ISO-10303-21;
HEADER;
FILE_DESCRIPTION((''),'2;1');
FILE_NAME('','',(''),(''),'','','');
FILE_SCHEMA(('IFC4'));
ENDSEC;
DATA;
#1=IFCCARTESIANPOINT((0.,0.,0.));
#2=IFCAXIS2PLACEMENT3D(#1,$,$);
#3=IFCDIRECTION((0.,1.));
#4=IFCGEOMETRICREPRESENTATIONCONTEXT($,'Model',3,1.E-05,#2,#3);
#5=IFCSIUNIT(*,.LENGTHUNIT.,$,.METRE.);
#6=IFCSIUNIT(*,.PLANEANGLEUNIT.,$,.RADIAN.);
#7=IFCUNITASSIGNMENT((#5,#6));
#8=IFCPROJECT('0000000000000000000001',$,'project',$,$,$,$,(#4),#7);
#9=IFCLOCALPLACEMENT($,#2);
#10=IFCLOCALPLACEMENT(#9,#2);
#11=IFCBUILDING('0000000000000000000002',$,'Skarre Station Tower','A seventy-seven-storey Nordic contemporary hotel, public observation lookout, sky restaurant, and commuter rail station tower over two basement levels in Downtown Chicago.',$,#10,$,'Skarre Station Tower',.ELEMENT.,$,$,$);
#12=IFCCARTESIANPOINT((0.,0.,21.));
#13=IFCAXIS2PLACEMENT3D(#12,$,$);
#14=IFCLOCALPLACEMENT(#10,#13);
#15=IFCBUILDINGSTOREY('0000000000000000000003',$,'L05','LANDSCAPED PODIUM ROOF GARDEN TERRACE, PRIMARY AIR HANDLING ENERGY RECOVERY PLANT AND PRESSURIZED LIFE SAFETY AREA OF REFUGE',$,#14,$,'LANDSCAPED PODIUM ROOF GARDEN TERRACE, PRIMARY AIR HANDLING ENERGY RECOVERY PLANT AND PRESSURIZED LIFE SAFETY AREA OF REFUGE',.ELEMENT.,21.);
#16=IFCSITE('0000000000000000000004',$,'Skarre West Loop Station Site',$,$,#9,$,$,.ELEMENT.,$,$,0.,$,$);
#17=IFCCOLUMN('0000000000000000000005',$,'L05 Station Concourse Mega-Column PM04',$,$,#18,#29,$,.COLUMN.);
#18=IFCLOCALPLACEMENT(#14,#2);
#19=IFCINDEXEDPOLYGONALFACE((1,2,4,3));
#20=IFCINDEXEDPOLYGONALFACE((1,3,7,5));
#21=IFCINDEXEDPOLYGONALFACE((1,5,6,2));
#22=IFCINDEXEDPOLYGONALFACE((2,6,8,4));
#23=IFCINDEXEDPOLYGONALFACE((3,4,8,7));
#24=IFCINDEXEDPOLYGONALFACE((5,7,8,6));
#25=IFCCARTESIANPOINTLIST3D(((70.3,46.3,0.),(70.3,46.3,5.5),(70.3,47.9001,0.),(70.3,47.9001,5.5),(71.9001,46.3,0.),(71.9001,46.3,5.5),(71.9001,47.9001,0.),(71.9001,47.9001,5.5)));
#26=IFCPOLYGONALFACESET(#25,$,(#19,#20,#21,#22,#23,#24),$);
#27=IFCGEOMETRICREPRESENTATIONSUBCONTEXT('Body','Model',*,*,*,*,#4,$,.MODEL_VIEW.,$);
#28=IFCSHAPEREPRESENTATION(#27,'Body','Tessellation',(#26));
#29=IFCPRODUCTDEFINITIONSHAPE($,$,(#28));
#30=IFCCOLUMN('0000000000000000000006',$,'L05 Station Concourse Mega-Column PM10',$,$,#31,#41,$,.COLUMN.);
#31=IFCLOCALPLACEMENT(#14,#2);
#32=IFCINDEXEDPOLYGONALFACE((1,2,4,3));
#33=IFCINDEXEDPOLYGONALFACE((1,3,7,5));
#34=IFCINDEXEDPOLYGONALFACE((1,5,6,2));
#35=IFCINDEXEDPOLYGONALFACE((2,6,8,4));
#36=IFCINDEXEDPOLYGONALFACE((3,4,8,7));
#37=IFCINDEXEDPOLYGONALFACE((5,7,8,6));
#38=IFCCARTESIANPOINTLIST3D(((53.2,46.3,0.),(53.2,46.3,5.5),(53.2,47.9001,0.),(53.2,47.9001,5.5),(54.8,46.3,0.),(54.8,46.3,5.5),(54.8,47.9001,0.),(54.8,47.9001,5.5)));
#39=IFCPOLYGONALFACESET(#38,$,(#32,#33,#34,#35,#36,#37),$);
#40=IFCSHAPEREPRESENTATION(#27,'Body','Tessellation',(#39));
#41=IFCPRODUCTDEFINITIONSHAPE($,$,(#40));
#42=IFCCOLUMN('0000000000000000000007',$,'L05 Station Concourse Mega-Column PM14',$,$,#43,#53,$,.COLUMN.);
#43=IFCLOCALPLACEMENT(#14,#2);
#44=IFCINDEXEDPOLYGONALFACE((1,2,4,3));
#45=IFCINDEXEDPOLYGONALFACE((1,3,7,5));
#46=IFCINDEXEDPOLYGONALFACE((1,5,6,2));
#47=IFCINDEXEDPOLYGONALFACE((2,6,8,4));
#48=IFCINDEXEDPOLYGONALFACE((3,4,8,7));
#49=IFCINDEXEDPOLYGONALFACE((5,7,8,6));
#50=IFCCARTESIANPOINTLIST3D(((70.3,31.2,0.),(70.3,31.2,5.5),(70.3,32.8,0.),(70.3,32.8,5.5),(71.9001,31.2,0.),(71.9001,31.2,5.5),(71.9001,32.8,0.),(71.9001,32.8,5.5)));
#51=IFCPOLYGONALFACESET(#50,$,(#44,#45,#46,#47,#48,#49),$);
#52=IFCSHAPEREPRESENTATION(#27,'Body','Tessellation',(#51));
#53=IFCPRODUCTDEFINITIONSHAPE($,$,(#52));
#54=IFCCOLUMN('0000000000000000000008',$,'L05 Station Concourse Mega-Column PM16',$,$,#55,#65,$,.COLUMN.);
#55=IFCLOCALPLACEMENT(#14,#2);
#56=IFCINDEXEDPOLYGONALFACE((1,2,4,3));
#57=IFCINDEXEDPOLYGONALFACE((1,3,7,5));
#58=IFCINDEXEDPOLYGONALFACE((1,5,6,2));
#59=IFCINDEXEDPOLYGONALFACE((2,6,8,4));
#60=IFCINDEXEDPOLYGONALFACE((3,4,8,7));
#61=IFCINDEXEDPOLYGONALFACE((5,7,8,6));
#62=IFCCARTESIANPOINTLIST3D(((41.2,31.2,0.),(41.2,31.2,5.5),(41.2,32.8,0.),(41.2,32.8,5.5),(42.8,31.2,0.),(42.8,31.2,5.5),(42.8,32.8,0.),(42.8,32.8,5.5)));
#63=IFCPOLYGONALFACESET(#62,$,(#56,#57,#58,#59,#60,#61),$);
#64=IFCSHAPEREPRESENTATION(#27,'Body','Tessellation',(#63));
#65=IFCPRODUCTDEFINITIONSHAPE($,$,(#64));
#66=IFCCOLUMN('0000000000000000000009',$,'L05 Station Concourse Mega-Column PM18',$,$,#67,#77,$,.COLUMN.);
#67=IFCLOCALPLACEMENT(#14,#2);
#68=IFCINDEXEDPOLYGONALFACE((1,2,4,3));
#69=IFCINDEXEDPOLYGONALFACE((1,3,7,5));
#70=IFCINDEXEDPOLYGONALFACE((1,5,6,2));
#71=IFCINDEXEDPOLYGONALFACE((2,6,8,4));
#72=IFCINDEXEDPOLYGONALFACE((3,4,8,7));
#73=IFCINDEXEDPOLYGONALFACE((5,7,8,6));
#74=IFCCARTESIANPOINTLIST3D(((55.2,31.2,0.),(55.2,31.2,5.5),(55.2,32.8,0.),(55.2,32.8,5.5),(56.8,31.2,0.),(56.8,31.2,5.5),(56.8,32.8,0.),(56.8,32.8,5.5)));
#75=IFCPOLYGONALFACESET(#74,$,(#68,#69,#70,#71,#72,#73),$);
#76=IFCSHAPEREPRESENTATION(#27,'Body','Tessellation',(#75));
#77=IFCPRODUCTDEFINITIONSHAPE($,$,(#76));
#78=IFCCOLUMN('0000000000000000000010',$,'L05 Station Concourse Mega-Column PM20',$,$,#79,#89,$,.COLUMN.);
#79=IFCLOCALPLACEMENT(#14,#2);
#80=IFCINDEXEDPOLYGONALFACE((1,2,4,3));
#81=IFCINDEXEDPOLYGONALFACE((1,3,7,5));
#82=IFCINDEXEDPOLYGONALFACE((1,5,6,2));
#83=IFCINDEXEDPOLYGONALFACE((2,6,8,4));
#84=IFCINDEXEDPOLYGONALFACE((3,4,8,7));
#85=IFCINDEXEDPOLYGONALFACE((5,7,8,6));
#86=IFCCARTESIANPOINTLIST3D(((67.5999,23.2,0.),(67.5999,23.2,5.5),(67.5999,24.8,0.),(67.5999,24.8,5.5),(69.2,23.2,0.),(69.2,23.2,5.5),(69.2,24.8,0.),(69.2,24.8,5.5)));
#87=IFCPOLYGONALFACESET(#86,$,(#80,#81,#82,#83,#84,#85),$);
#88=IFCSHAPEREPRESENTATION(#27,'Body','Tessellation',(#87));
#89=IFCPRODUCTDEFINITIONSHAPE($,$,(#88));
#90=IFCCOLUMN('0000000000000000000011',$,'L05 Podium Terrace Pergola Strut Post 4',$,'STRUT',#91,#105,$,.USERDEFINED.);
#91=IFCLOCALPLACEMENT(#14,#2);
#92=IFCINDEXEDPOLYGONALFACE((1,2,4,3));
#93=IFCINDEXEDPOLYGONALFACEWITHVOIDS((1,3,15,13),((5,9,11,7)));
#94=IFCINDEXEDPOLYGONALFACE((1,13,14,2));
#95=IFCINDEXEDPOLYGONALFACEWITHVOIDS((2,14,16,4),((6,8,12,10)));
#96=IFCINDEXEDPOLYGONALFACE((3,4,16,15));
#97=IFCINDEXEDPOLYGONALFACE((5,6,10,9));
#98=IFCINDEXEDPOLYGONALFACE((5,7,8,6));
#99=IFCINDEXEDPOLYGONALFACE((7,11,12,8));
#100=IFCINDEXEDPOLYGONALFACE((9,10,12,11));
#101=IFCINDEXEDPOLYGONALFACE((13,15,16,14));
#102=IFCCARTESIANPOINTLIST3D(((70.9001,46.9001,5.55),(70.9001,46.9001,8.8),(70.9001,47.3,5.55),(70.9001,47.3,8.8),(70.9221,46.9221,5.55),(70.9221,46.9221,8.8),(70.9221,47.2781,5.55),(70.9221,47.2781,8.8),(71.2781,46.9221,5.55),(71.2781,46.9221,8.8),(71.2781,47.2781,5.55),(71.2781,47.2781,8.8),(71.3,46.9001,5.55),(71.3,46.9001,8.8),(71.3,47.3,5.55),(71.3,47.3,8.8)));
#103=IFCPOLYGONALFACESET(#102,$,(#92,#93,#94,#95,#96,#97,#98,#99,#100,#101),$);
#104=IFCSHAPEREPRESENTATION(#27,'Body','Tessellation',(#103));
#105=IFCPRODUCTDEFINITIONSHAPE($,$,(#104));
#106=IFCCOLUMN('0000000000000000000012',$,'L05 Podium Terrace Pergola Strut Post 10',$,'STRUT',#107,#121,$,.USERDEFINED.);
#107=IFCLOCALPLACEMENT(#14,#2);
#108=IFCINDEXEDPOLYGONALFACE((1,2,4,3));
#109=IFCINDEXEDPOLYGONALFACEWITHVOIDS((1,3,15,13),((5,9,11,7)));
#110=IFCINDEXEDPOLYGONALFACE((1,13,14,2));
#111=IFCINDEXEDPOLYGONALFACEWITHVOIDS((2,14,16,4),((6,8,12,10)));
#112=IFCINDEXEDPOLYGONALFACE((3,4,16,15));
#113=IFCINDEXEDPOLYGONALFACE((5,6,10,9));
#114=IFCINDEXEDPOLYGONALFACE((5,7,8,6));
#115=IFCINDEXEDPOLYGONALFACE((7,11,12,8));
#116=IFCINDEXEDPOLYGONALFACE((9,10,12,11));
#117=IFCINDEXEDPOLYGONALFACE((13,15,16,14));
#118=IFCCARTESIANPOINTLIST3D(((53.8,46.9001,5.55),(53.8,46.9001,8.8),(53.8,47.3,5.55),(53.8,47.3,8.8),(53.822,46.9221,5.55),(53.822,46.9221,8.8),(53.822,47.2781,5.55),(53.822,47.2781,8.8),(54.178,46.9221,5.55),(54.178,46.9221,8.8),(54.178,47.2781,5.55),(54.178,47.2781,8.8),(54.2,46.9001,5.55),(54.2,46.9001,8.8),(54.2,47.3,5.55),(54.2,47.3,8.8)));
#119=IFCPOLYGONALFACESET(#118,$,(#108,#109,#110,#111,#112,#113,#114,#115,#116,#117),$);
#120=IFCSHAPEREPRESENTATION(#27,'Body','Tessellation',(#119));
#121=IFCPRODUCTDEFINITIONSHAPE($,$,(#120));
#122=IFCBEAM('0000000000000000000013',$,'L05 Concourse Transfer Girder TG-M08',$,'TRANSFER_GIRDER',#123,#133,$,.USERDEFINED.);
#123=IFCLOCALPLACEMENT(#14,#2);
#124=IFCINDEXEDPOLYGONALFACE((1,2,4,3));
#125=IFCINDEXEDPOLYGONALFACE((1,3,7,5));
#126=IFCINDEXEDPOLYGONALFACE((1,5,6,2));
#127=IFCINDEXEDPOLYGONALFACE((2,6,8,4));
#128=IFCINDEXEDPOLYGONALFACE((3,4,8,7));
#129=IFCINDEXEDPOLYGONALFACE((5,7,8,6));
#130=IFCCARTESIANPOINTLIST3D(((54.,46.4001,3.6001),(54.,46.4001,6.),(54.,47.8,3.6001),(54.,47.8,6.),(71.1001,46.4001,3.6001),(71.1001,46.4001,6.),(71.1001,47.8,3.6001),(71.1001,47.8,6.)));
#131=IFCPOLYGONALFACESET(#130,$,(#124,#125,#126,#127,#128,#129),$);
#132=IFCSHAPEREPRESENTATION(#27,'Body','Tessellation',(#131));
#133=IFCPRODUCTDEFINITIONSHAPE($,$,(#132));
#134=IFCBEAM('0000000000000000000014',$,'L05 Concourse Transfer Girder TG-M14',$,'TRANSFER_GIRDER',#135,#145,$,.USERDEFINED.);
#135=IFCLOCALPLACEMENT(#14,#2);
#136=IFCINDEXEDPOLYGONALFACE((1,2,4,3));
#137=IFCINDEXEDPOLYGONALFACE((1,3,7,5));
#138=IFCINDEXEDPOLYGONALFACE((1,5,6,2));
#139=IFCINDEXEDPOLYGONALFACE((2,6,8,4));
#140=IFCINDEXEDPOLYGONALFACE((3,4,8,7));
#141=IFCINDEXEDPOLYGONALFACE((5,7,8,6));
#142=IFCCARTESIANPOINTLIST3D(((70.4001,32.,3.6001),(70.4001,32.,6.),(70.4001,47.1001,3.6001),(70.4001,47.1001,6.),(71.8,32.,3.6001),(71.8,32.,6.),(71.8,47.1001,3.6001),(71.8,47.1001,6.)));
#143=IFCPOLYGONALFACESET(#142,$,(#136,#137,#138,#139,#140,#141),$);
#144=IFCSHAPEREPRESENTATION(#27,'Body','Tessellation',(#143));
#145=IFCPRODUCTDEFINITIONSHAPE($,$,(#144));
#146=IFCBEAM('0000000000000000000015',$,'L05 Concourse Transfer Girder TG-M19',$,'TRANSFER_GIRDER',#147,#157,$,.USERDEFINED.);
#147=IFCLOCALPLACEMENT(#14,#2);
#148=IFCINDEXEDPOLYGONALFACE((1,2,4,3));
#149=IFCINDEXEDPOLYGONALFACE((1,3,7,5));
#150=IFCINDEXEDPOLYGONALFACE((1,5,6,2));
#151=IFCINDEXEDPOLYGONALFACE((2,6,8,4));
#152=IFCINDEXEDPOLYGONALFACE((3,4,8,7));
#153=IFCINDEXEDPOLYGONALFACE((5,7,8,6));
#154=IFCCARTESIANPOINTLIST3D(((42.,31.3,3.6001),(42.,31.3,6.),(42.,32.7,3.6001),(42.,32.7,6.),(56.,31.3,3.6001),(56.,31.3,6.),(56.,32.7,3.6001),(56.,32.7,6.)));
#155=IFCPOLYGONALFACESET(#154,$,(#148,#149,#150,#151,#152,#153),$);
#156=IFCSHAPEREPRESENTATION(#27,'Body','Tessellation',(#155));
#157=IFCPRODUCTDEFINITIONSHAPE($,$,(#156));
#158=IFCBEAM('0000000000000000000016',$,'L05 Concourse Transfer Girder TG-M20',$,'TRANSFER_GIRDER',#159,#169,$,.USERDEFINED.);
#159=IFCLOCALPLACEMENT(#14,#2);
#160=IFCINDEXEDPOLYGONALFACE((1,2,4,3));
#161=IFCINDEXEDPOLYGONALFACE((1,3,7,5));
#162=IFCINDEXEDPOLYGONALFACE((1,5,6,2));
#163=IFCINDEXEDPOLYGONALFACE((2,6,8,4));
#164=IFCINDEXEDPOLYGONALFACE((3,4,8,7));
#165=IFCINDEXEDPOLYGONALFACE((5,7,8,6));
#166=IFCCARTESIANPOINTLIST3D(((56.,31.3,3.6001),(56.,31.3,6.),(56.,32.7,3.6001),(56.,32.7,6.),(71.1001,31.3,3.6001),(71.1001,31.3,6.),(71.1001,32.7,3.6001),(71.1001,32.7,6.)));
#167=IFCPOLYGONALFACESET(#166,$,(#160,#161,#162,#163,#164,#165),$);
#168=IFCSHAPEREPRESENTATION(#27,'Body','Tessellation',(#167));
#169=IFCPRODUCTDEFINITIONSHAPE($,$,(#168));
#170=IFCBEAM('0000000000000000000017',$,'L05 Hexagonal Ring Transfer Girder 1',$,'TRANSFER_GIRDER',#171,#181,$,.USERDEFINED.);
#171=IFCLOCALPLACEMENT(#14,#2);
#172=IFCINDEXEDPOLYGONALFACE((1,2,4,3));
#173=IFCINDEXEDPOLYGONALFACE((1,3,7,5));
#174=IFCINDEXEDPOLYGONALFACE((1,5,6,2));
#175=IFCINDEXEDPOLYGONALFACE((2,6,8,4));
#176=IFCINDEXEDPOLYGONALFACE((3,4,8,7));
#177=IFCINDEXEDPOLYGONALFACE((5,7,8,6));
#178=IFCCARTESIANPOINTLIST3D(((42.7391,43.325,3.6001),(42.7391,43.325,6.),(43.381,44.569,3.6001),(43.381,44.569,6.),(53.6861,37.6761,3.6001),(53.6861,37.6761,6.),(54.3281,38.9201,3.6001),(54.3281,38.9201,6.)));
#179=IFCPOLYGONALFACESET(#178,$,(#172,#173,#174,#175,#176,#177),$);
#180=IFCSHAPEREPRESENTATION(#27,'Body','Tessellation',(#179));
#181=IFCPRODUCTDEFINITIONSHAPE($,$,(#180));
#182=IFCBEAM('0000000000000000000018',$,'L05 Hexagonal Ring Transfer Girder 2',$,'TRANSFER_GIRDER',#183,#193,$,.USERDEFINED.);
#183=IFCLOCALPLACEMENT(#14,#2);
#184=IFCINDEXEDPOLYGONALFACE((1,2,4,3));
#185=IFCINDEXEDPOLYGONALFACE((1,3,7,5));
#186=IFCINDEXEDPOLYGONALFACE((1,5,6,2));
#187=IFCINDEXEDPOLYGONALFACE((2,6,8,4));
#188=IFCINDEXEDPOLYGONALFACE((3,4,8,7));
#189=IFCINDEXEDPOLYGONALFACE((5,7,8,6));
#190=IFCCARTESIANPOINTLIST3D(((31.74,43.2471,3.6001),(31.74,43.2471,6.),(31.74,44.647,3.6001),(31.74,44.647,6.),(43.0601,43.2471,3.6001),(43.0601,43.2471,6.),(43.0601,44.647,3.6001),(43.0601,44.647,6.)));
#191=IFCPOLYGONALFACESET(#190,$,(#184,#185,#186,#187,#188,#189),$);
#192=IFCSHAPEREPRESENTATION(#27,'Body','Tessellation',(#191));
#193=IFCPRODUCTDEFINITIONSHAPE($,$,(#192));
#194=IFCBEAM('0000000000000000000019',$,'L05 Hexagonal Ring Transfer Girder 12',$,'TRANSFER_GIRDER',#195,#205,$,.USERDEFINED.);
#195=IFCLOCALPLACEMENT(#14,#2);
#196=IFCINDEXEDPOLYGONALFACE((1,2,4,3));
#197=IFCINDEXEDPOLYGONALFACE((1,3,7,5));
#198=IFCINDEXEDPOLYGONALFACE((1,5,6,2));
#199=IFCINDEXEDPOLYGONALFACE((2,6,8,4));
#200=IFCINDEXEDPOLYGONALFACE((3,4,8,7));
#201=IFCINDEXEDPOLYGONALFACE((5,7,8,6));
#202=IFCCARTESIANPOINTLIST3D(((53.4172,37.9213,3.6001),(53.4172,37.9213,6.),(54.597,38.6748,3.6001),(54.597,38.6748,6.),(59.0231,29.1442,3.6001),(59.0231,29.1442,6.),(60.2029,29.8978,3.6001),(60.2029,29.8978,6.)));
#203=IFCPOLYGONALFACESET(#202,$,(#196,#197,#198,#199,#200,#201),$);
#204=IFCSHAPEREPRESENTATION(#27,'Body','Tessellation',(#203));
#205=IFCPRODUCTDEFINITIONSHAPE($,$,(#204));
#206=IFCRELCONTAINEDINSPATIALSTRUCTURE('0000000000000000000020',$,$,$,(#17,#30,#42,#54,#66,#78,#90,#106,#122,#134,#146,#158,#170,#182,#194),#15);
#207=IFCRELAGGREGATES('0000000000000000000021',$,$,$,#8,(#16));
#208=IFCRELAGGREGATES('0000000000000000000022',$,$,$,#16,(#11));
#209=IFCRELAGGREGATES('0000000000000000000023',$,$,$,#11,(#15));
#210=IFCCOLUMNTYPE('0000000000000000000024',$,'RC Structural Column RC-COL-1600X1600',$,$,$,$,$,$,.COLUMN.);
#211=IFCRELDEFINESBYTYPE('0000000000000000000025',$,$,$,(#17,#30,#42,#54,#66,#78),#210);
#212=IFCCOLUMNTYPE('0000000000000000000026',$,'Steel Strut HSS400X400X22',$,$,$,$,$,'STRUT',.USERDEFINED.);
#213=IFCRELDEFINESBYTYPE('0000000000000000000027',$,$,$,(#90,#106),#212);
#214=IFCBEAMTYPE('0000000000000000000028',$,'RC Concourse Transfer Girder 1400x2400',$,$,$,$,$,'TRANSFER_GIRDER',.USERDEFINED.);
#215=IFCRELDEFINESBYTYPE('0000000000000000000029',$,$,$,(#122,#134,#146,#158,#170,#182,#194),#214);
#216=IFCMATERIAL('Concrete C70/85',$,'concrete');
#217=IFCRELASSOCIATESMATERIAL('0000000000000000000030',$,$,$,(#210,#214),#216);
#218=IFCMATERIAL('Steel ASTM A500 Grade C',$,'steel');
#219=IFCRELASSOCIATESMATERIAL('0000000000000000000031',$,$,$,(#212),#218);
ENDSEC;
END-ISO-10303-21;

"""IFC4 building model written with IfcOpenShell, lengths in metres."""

from ifc_helpers import new_model, si_unit, direction, frame, origin, origin_2d, place, context, subcontext, project, spatial, rectangle, hollow_rectangle, extrude, material, material_profile, profile_set, type_object, element, save


model = new_model("IFC4")

# Units and contexts
model_context = context("Model", 3, precision=1e-05, world=origin(), true_north=direction((0.0, 1.0)))
body_context = subcontext(model_context, "Body", "Model", "MODEL_VIEW")
ifc_project = project(units=[si_unit("LENGTHUNIT", "METRE"), si_unit("PLANEANGLEUNIT", "RADIAN")], contexts=[model_context])

# Site, building, storey
site_placement = place(None, origin())
site = spatial("IfcSite", under=ifc_project, at=site_placement, Name="Skarre West Loop Station Site", CompositionType="ELEMENT", RefElevation=0.0)
building_placement = place(site_placement, origin())
building = spatial("IfcBuilding", under=site, at=building_placement, Name="Skarre Station Tower", Description="A seventy-seven-storey Nordic contemporary hotel, public observation lookout, sky restaurant, and commuter rail station tower over two basement levels in Downtown Chicago.", LongName="Skarre Station Tower", CompositionType="ELEMENT")
storey_placement = place(building_placement, frame((0.0, 0.0, 21.0)))
storey = spatial("IfcBuildingStorey", under=building, at=storey_placement, Name="L05", Description="LANDSCAPED PODIUM ROOF GARDEN TERRACE, PRIMARY AIR HANDLING ENERGY RECOVERY PLANT AND PRESSURIZED LIFE SAFETY AREA OF REFUGE", LongName="LANDSCAPED PODIUM ROOF GARDEN TERRACE, PRIMARY AIR HANDLING ENERGY RECOVERY PLANT AND PRESSURIZED LIFE SAFETY AREA OF REFUGE", CompositionType="ELEMENT", Elevation=21.0)

# Columns
ifc_material_1 = material(Name="Concrete C70/85", Category="concrete")
ifc_material_profile_1 = material_profile(ifc_material_1, rectangle(XDim=1.6001, YDim=1.6001, at=origin_2d()), Name="Concrete C70/85")
ifc_profile_set_1 = profile_set([ifc_material_profile_1], Name="Concrete C70/85")
column_type_1 = type_object("IfcColumnType", Name="RC Structural Column RC-COL-1600X1600", PredefinedType="COLUMN", material=ifc_profile_set_1)
for number, where, z_axis, x_axis, name in (
    (1, (71.1001, 47.1001, 0.0), (0.0, 0.0, 1.0), (1.0, 0.0, 0.0), "L05 Station Concourse Mega-Column PM04"),
    (2, (54.0, 47.1001, 0.0), (0.0, 0.0, 1.0), (1.0, 0.0, 0.0), "L05 Station Concourse Mega-Column PM10"),
    (3, (71.1001, 32.0, 0.0), (0.0, 0.0, 1.0), (1.0, 0.0, 0.0), "L05 Station Concourse Mega-Column PM14"),
    (4, (42.0, 32.0, 0.0), (0.0, 0.0, 1.0), (1.0, 0.0, 0.0), "L05 Station Concourse Mega-Column PM16"),
    (5, (56.0, 32.0, 0.0), (0.0, 0.0, 1.0), (1.0, 0.0, 0.0), "L05 Station Concourse Mega-Column PM18"),
    (6, (68.3999, 24.0, 0.0), (0.0, 0.0, 1.0), (1.0, 0.0, 0.0), "L05 Station Concourse Mega-Column PM20"),
):
    element("IfcColumn", number, at=place(storey_placement, frame(where, z_axis=z_axis, x_axis=x_axis)), inside=storey, type_object=column_type_1, Name=name, PredefinedType="COLUMN", context=body_context, shape_type="SweptSolid", body=[
        extrude(rectangle(XDim=1.6001, YDim=1.6001, at=origin_2d()), origin(), (0.0, 0.0, 1.0), 5.5),
    ])
ifc_material_2 = material(Name="Steel ASTM A500 Grade C", Category="steel")
ifc_material_profile_2 = material_profile(ifc_material_2, hollow_rectangle(XDim=0.3999, YDim=0.3999, WallThickness=0.022, at=origin_2d()), Name="Steel ASTM A500 Grade C")
ifc_profile_set_2 = profile_set([ifc_material_profile_2], Name="Steel ASTM A500 Grade C")
column_type_2 = type_object("IfcColumnType", Name="Steel Strut HSS400X400X22", ElementType="STRUT", PredefinedType="USERDEFINED", material=ifc_profile_set_2)
for number, where, z_axis, x_axis, name in (
    (7, (71.1001, 47.1001, 5.55), (0.0, 0.0, 1.0), (1.0, 0.0, 0.0), "L05 Podium Terrace Pergola Strut Post 4"),
    (8, (54.0, 47.1001, 5.55), (0.0, 0.0, 1.0), (1.0, 0.0, 0.0), "L05 Podium Terrace Pergola Strut Post 10"),
):
    element("IfcColumn", number, at=place(storey_placement, frame(where, z_axis=z_axis, x_axis=x_axis)), inside=storey, type_object=column_type_2, Name=name, ObjectType="STRUT", PredefinedType="USERDEFINED", context=body_context, shape_type="SweptSolid", body=[
        extrude(hollow_rectangle(XDim=0.3999, YDim=0.3999, WallThickness=0.022, at=origin_2d()), origin(), (0.0, 0.0, 1.0), 3.25),
    ])

# Beams
ifc_material_profile_3 = material_profile(ifc_material_1, rectangle(XDim=1.3999, YDim=2.3999, at=origin_2d()), Name="Concrete C70/85")
ifc_profile_set_3 = profile_set([ifc_material_profile_3], Name="Concrete C70/85")
beam_type_1 = type_object("IfcBeamType", Name="RC Concourse Transfer Girder 1400x2400", ElementType="TRANSFER_GIRDER", PredefinedType="USERDEFINED", material=ifc_profile_set_3)
beam_1_placement = place(storey_placement, frame((54.0, 47.1001, 4.8), z_axis=(1.0, 0.0, 0.0), x_axis=(0.0, 1.0, 0.0)))
element("IfcBeam", 9, at=beam_1_placement, inside=storey, type_object=beam_type_1, Name="L05 Concourse Transfer Girder TG-M08", ObjectType="TRANSFER_GIRDER", PredefinedType="USERDEFINED", context=body_context, shape_type="SweptSolid", body=[
    extrude(rectangle(XDim=1.3999, YDim=2.3999, at=origin_2d()), origin(), (0.0, 0.0, 1.0), 17.1001),
])
beam_2_placement = place(storey_placement, frame((71.1001, 32.0, 4.8), z_axis=(0.0, 1.0, 0.0), x_axis=(-1.0, 0.0, 0.0)))
element("IfcBeam", 10, at=beam_2_placement, inside=storey, type_object=beam_type_1, Name="L05 Concourse Transfer Girder TG-M14", ObjectType="TRANSFER_GIRDER", PredefinedType="USERDEFINED", context=body_context, shape_type="SweptSolid", body=[
    extrude(rectangle(XDim=1.3999, YDim=2.3999, at=origin_2d()), origin(), (0.0, 0.0, 1.0), 15.1001),
])
beam_3_placement = place(storey_placement, frame((42.0, 32.0, 4.8), z_axis=(1.0, 0.0, 0.0), x_axis=(0.0, 1.0, 0.0)))
element("IfcBeam", 11, at=beam_3_placement, inside=storey, type_object=beam_type_1, Name="L05 Concourse Transfer Girder TG-M19", ObjectType="TRANSFER_GIRDER", PredefinedType="USERDEFINED", context=body_context, shape_type="SweptSolid", body=[
    extrude(rectangle(XDim=1.3999, YDim=2.3999, at=origin_2d()), origin(), (0.0, 0.0, 1.0), 14.0),
])
beam_4_placement = place(storey_placement, frame((56.0, 32.0, 4.8), z_axis=(1.0, 0.0, 0.0), x_axis=(0.0, 1.0, 0.0)))
element("IfcBeam", 12, at=beam_4_placement, inside=storey, type_object=beam_type_1, Name="L05 Concourse Transfer Girder TG-M20", ObjectType="TRANSFER_GIRDER", PredefinedType="USERDEFINED", context=body_context, shape_type="SweptSolid", body=[
    extrude(rectangle(XDim=1.3999, YDim=2.3999, at=origin_2d()), origin(), (0.0, 0.0, 1.0), 15.1001),
])
beam_5_placement = place(storey_placement, frame((54.0071, 38.2981, 4.8), z_axis=(-0.888659, 0.458569, 0.0), x_axis=(-0.458569, -0.888659, 0.0)))
element("IfcBeam", 13, at=beam_5_placement, inside=storey, type_object=beam_type_1, Name="L05 Hexagonal Ring Transfer Girder 1", ObjectType="TRANSFER_GIRDER", PredefinedType="USERDEFINED", context=body_context, shape_type="SweptSolid", body=[
    extrude(rectangle(XDim=1.3999, YDim=2.3999, at=origin_2d()), origin(), (0.0, 0.0, 1.0), 12.3186),
])
beam_6_placement = place(storey_placement, frame((43.0601, 43.947, 4.8), z_axis=(-1.0, 0.0, 0.0), x_axis=(0.0, -1.0, 0.0)))
element("IfcBeam", 14, at=beam_6_placement, inside=storey, type_object=beam_type_1, Name="L05 Hexagonal Ring Transfer Girder 2", ObjectType="TRANSFER_GIRDER", PredefinedType="USERDEFINED", context=body_context, shape_type="SweptSolid", body=[
    extrude(rectangle(XDim=1.3999, YDim=2.3999, at=origin_2d()), origin(), (0.0, 0.0, 1.0), 11.3201),
])
beam_7_placement = place(storey_placement, frame((59.613, 29.521, 4.8), z_axis=(-0.538278, 0.842767, 0.0), x_axis=(-0.842767, -0.538278, 0.0)))
element("IfcBeam", 15, at=beam_7_placement, inside=storey, type_object=beam_type_1, Name="L05 Hexagonal Ring Transfer Girder 12", ObjectType="TRANSFER_GIRDER", PredefinedType="USERDEFINED", context=body_context, shape_type="SweptSolid", body=[
    extrude(rectangle(XDim=1.3999, YDim=2.3999, at=origin_2d()), origin(), (0.0, 0.0, 1.0), 10.4146),
])

save(model, "model.ifc")
